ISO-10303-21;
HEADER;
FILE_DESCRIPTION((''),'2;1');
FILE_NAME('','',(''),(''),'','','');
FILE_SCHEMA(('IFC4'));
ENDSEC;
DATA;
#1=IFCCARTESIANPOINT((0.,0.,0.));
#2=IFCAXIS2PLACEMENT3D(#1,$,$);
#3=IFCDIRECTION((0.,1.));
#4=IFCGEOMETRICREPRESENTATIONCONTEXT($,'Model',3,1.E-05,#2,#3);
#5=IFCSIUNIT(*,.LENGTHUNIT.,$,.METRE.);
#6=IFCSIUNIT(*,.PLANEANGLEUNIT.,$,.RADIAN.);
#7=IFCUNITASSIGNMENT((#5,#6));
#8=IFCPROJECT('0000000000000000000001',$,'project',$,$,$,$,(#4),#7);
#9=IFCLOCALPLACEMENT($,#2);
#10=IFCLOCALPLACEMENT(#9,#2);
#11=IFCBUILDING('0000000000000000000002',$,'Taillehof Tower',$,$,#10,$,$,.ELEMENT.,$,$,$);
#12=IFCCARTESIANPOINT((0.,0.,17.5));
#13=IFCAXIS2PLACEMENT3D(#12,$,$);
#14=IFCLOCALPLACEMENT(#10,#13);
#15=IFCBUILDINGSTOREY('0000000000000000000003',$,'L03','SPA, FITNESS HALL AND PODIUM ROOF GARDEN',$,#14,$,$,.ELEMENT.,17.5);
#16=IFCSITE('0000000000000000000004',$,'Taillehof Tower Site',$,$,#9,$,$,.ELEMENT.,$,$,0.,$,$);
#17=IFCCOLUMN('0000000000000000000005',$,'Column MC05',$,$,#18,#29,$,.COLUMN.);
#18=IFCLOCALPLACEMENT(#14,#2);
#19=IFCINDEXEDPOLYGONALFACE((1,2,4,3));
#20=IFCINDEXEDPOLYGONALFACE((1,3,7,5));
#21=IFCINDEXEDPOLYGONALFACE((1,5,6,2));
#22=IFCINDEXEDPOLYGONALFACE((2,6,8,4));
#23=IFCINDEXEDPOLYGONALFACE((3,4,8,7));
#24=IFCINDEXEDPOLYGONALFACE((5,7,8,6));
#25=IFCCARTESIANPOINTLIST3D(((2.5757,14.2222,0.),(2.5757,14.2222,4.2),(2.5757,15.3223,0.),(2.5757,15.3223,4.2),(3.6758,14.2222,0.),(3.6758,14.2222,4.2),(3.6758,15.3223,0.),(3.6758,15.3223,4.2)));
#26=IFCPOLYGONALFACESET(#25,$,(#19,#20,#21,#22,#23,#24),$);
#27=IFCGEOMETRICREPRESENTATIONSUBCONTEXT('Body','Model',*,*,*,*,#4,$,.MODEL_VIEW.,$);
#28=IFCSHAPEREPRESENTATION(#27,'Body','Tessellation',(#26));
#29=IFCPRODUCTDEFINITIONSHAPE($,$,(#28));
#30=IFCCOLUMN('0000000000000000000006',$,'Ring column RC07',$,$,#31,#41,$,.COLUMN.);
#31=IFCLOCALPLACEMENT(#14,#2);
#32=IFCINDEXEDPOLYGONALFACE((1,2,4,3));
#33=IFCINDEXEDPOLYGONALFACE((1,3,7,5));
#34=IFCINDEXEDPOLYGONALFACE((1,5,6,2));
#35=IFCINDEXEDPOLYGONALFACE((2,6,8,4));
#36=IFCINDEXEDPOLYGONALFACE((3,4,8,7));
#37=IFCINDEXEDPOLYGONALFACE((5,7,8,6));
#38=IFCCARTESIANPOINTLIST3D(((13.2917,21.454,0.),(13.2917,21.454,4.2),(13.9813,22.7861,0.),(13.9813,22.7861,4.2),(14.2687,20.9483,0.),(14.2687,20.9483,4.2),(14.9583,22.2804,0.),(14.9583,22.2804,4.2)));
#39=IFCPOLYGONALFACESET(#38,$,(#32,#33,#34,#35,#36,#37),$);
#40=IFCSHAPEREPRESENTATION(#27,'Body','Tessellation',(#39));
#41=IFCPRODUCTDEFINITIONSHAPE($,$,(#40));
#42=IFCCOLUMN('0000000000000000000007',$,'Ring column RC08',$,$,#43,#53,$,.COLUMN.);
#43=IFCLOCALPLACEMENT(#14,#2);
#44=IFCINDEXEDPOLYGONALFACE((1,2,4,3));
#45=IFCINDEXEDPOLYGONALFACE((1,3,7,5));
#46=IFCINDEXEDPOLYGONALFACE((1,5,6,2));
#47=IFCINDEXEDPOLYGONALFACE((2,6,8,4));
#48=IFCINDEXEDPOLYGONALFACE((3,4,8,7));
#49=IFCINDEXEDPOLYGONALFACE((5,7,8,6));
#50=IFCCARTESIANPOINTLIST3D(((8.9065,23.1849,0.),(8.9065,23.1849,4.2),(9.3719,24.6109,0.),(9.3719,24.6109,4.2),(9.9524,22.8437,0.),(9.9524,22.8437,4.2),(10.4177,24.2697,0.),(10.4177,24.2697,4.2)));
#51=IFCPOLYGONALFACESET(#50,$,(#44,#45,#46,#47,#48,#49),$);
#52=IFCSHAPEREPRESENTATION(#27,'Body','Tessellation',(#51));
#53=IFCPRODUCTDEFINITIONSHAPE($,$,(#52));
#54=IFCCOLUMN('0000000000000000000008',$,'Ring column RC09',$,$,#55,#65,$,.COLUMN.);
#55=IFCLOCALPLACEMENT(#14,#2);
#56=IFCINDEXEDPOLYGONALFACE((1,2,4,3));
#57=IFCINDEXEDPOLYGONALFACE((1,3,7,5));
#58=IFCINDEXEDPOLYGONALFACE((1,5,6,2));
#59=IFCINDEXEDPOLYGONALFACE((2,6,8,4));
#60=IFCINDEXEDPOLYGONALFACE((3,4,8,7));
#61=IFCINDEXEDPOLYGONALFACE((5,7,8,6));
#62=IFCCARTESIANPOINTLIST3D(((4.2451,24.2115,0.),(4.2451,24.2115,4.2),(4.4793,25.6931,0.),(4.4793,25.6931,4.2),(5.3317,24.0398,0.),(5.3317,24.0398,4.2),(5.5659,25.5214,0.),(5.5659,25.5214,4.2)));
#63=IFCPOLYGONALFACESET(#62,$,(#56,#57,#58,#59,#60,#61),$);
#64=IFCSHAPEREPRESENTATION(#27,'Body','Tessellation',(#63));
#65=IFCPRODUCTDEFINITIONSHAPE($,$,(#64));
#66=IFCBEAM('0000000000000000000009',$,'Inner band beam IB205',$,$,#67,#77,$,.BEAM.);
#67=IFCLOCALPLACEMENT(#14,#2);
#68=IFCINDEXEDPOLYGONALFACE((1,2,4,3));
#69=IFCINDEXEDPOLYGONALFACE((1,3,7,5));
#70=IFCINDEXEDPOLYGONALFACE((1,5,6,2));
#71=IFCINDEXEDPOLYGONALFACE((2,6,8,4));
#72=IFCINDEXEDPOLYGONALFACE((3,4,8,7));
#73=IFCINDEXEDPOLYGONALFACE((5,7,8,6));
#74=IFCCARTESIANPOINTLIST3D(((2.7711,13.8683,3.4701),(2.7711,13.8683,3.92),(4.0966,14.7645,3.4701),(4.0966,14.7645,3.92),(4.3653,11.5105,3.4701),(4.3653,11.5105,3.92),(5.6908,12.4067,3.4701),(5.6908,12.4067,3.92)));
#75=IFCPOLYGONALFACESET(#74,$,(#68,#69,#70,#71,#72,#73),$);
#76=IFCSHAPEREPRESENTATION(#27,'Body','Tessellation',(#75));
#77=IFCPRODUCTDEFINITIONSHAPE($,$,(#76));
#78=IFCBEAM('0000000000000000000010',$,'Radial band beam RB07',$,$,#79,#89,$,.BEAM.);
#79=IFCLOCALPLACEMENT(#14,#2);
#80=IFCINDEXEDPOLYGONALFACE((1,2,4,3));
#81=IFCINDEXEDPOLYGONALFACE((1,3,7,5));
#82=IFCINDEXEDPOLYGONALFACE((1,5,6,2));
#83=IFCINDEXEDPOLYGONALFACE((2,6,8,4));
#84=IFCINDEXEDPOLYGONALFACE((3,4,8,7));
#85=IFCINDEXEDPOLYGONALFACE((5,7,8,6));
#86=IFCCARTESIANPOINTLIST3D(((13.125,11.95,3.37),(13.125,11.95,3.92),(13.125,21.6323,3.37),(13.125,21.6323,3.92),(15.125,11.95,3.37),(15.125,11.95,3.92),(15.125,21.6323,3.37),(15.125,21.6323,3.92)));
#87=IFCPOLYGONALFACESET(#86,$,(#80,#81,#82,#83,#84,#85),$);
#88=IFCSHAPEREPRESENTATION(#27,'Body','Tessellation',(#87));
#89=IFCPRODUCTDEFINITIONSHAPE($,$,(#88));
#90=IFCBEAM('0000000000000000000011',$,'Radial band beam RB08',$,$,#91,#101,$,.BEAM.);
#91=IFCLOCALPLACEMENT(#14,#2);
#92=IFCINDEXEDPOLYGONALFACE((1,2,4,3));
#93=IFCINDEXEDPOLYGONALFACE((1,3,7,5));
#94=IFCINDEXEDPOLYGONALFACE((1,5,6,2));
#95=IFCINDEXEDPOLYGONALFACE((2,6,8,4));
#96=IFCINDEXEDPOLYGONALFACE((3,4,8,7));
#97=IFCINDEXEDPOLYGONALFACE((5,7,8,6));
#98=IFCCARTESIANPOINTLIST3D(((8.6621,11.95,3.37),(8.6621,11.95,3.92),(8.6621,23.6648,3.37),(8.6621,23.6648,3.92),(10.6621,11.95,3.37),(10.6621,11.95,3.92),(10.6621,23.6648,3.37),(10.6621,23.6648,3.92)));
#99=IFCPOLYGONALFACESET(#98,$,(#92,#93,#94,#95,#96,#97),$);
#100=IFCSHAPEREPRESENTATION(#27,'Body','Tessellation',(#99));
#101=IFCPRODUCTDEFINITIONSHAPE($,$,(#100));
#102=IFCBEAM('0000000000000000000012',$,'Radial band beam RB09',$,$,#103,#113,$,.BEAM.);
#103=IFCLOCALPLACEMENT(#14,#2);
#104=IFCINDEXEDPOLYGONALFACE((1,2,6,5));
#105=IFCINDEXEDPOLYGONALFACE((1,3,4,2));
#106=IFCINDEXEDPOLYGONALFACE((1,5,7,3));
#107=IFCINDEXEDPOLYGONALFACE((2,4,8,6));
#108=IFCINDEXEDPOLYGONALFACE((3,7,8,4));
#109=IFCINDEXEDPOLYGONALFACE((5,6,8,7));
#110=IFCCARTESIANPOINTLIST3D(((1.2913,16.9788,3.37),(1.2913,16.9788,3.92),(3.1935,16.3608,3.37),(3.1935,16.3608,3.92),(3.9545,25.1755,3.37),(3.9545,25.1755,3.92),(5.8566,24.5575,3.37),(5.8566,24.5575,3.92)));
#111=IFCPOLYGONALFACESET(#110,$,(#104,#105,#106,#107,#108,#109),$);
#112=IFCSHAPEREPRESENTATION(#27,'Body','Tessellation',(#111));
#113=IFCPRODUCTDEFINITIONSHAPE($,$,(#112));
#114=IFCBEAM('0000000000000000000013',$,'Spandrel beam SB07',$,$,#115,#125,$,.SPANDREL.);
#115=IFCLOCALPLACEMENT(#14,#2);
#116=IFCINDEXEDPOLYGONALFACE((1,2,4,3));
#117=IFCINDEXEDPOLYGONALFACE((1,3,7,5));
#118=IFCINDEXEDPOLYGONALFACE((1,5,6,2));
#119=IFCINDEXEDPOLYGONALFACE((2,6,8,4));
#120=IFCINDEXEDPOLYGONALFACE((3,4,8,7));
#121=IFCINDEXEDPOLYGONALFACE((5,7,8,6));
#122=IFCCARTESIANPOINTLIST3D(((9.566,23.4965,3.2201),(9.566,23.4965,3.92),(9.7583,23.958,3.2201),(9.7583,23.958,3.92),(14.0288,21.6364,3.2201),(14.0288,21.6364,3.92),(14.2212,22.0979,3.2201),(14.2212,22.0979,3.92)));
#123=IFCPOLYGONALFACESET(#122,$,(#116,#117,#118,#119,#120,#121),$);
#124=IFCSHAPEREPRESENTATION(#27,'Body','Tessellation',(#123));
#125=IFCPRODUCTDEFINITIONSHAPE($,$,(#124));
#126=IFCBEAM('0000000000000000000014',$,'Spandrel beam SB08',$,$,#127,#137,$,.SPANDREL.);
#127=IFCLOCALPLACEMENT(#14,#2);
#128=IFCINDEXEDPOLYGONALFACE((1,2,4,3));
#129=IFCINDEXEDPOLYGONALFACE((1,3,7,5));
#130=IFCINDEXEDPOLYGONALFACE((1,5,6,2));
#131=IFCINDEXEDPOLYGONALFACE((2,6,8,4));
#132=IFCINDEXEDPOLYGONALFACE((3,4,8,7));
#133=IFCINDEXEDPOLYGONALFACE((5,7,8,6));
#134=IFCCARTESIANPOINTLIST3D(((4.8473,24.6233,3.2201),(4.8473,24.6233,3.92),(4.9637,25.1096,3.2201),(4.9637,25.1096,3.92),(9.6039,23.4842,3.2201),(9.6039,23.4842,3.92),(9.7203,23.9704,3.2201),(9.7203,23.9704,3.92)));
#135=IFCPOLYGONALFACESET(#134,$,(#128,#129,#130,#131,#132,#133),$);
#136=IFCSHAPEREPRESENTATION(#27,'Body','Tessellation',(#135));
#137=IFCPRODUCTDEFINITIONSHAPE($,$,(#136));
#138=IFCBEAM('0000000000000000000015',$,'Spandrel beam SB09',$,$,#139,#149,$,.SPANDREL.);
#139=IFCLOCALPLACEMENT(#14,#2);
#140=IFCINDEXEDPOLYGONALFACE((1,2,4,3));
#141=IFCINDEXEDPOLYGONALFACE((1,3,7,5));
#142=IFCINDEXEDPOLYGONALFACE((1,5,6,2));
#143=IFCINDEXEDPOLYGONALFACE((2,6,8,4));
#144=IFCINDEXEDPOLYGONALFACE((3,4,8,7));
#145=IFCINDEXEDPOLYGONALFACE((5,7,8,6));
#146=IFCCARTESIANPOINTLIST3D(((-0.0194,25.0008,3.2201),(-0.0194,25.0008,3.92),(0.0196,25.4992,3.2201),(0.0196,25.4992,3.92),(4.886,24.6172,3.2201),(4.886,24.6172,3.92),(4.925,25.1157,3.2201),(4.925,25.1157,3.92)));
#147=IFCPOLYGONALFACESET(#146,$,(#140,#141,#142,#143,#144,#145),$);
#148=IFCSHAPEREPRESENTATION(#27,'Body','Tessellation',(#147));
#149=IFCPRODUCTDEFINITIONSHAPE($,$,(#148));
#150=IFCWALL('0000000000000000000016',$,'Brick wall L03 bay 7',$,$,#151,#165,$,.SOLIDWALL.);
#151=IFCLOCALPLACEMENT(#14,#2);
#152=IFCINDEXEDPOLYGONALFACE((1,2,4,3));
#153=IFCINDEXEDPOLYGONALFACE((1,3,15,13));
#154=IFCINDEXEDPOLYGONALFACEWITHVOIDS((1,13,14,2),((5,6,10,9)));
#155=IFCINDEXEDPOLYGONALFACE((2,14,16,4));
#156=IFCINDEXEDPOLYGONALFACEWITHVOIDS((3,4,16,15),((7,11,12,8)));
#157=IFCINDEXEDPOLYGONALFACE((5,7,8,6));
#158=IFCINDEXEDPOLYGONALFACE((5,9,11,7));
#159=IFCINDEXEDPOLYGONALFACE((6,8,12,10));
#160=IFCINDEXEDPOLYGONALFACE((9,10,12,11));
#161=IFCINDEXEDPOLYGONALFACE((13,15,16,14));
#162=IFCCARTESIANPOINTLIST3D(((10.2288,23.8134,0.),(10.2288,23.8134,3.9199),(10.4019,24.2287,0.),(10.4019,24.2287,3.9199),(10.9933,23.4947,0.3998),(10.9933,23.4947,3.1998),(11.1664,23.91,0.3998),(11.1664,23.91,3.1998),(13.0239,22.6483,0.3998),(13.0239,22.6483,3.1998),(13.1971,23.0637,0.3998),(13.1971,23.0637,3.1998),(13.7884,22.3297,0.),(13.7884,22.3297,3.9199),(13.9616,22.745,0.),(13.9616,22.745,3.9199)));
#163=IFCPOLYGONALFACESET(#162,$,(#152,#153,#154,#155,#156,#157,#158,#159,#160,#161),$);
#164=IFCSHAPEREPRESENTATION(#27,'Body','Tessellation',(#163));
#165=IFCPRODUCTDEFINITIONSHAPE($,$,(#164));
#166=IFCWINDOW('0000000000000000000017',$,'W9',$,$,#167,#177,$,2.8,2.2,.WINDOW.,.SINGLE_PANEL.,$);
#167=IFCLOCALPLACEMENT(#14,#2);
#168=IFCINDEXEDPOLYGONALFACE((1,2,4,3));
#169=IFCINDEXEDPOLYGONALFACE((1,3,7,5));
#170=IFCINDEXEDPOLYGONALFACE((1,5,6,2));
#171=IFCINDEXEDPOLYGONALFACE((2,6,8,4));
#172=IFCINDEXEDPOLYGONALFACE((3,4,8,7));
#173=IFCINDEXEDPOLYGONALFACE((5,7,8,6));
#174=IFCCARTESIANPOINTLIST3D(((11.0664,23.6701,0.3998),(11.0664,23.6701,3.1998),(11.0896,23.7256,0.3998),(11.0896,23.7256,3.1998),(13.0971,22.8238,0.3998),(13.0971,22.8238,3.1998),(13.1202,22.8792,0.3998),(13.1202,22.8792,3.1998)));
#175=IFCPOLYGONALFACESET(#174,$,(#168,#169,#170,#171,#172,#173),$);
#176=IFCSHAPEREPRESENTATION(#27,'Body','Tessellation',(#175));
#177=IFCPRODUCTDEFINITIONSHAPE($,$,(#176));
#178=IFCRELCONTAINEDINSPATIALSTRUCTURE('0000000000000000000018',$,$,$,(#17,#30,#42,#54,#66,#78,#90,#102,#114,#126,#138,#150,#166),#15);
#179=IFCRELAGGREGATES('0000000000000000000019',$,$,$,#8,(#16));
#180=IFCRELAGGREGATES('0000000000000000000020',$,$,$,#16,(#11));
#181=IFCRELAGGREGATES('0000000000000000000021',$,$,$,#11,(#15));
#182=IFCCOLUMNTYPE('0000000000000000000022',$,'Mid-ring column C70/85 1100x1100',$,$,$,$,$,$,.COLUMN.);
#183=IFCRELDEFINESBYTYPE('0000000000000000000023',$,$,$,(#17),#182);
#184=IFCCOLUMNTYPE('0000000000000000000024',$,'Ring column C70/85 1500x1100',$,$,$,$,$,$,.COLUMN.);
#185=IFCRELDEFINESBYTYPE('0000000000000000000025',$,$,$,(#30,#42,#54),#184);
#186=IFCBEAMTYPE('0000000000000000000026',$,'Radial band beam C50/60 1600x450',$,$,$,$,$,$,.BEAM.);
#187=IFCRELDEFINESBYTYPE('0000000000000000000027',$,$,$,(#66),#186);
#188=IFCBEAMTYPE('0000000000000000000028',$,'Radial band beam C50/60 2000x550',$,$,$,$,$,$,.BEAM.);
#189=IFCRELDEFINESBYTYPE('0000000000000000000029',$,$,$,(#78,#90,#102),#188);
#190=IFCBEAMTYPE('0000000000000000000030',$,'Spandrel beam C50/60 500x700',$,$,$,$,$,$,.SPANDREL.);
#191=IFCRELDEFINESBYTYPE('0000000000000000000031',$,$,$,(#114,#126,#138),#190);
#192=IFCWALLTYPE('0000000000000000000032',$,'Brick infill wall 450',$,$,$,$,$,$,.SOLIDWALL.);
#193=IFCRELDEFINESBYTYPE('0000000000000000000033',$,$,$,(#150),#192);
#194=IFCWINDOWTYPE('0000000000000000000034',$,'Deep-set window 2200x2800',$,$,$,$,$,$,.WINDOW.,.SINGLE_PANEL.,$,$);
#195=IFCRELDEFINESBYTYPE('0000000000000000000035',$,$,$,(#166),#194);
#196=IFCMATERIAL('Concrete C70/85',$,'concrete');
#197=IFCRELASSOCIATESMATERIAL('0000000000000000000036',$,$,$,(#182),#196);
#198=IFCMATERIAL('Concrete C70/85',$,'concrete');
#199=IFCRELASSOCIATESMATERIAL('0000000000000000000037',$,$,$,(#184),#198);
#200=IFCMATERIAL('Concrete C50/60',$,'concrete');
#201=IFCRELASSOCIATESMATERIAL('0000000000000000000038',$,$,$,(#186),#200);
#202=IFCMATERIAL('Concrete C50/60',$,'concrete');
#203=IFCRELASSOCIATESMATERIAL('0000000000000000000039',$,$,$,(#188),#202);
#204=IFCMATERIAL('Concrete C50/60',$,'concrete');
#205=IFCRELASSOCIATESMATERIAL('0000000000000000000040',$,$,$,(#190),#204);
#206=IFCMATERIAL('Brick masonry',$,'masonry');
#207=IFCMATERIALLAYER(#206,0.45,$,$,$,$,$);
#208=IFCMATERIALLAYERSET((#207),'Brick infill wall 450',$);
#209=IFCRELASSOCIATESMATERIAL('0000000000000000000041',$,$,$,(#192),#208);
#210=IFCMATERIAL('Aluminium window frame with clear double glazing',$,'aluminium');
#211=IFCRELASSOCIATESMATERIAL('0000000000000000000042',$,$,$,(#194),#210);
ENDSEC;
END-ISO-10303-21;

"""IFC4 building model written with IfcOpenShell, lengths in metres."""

from ifc_helpers import new_model, si_unit, direction, frame, frame_2d, origin, origin_2d, place, context, subcontext, project, spatial, rectangle, extrude, material, layer, layer_set, material_profile, profile_set, type_object, element, fill, save


model = new_model("IFC4")

# Units and contexts
model_context = context("Model", 3, precision=1e-05, world=origin(), true_north=direction((0.0, 1.0)))
body_context = subcontext(model_context, "Body", "Model", "MODEL_VIEW")
ifc_project = project(units=[si_unit("LENGTHUNIT", "METRE"), si_unit("PLANEANGLEUNIT", "RADIAN")], contexts=[model_context])

# Site, building, storey
site_placement = place(None, origin())
site = spatial("IfcSite", under=ifc_project, at=site_placement, Name="Taillehof Tower Site", CompositionType="ELEMENT", RefElevation=0.0)
building_placement = place(site_placement, origin())
building = spatial("IfcBuilding", under=site, at=building_placement, Name="Taillehof Tower", CompositionType="ELEMENT")
storey_placement = place(building_placement, frame((0.0, 0.0, 17.5)))
storey = spatial("IfcBuildingStorey", under=building, at=storey_placement, Name="L03", Description="SPA, FITNESS HALL AND PODIUM ROOF GARDEN", CompositionType="ELEMENT", Elevation=17.5)

# Columns
ifc_material_1 = material(Name="Concrete C70/85", Category="concrete")
ifc_material_profile_1 = material_profile(ifc_material_1, rectangle(XDim=1.1001, YDim=1.1001, at=origin_2d()), Name="RC 1100x1100")
ifc_profile_set_1 = profile_set([ifc_material_profile_1], Name="Concrete C70/85")
column_type_1 = type_object("IfcColumnType", Name="Mid-ring column C70/85 1100x1100", PredefinedType="COLUMN", material=ifc_profile_set_1)
column_placement = place(storey_placement, frame((3.1257, 14.7722, 0.0), z_axis=(0.0, 0.0, 1.0), x_axis=(1.0, 0.0, 0.0)))
element("IfcColumn", 1, at=column_placement, inside=storey, type_object=column_type_1, Name="Column MC05", PredefinedType="COLUMN", context=body_context, shape_type="SweptSolid", body=[
    extrude(rectangle(XDim=1.1001, YDim=1.1001, at=origin_2d()), origin(), (0.0, 0.0, 1.0), 4.2),
])
ifc_material_2 = material(Name="Concrete C70/85", Category="concrete")
ifc_material_profile_2 = material_profile(ifc_material_2, rectangle(XDim=1.5, YDim=1.1001, at=origin_2d()), Name="RC 1500x1100")
ifc_profile_set_2 = profile_set([ifc_material_profile_2], Name="Concrete C70/85")
column_type_2 = type_object("IfcColumnType", Name="Ring column C70/85 1500x1100", PredefinedType="COLUMN", material=ifc_profile_set_2)
for number, where, z_axis, x_axis, name in (
    (2, (14.125, 21.8672, 0.0), (0.0, 0.0, 1.0), (0.459691, 0.888079, 0.0), "Ring column RC07"),
    (3, (9.6621, 23.7273, 0.0), (0.0, 0.0, 1.0), (0.310219, 0.950665, 0.0), "Ring column RC08"),
    (4, (4.9055, 24.8665, 0.0), (0.0, 0.0, 1.0), (0.156147, 0.987734, 0.0), "Ring column RC09"),
):
    element("IfcColumn", number, at=place(storey_placement, frame(where, z_axis=z_axis, x_axis=x_axis)), inside=storey, type_object=column_type_2, Name=name, PredefinedType="COLUMN", context=body_context, shape_type="SweptSolid", body=[
        extrude(rectangle(XDim=1.5, YDim=1.1001, at=origin_2d()), origin(), (0.0, 0.0, 1.0), 4.2),
    ])

# Beams
ifc_material_3 = material(Name="Concrete C50/60", Category="concrete")
ifc_material_profile_3 = material_profile(ifc_material_3, rectangle(XDim=1.6001, YDim=0.45, at=origin_2d()), Name="RC 1600x450")
ifc_profile_set_3 = profile_set([ifc_material_profile_3], Name="Concrete C50/60")
beam_type_1 = type_object("IfcBeamType", Name="Radial band beam C50/60 1600x450", PredefinedType="BEAM", material=ifc_profile_set_3)
beam_1_placement = place(storey_placement, frame((3.4338, 14.3164, 3.6951), z_axis=(0.560112, -0.828417, 0.0), x_axis=(0.828417, 0.560112, 0.0)))
element("IfcBeam", 5, at=beam_1_placement, inside=storey, type_object=beam_type_1, Name="Inner band beam IB205", PredefinedType="BEAM", context=body_context, shape_type="SweptSolid", body=[
    extrude(rectangle(XDim=1.6001, YDim=0.45, at=origin_2d()), origin(), (0.0, 0.0, 1.0), 2.8462),
])
ifc_material_4 = material(Name="Concrete C50/60", Category="concrete")
ifc_material_profile_4 = material_profile(ifc_material_4, rectangle(XDim=2.0, YDim=0.55, at=origin_2d()), Name="RC 2000x550")
ifc_profile_set_4 = profile_set([ifc_material_profile_4], Name="Concrete C50/60")
beam_type_2 = type_object("IfcBeamType", Name="Radial band beam C50/60 2000x550", PredefinedType="BEAM", material=ifc_profile_set_4)
beam_2_placement = place(storey_placement, frame((14.125, 21.6323, 3.645), z_axis=(0.0, -1.0, 0.0), x_axis=(1.0, 0.0, 0.0)))
element("IfcBeam", 6, at=beam_2_placement, inside=storey, type_object=beam_type_2, Name="Radial band beam RB07", PredefinedType="BEAM", context=body_context, shape_type="SweptSolid", body=[
    extrude(rectangle(XDim=2.0, YDim=0.55, at=origin_2d()), origin(), (0.0, 0.0, 1.0), 9.6824),
])
beam_3_placement = place(storey_placement, frame((9.6621, 23.6648, 3.645), z_axis=(0.0, -1.0, 0.0), x_axis=(1.0, 0.0, 0.0)))
element("IfcBeam", 7, at=beam_3_placement, inside=storey, type_object=beam_type_2, Name="Radial band beam RB08", PredefinedType="BEAM", context=body_context, shape_type="SweptSolid", body=[
    extrude(rectangle(XDim=2.0, YDim=0.55, at=origin_2d()), origin(), (0.0, 0.0, 1.0), 11.7148),
])
beam_4_placement = place(storey_placement, frame((4.9055, 24.8665, 3.645), z_axis=(-0.309003, -0.951061, 0.0), x_axis=(0.951061, -0.309003, 0.0)))
element("IfcBeam", 8, at=beam_4_placement, inside=storey, type_object=beam_type_2, Name="Radial band beam RB09", PredefinedType="BEAM", context=body_context, shape_type="SweptSolid", body=[
    extrude(rectangle(XDim=2.0, YDim=0.55, at=origin_2d()), origin(), (0.0, 0.0, 1.0), 8.6184),
])
ifc_material_5 = material(Name="Concrete C50/60", Category="concrete")
ifc_material_profile_5 = material_profile(ifc_material_5, rectangle(XDim=0.5, YDim=0.7, at=origin_2d()), Name="RC 500x700")
ifc_profile_set_5 = profile_set([ifc_material_profile_5], Name="Concrete C50/60")
beam_type_3 = type_object("IfcBeamType", Name="Spandrel beam C50/60 500x700", PredefinedType="SPANDREL", material=ifc_profile_set_5)
beam_5_placement = place(storey_placement, frame((14.125, 21.8672, 3.5701), z_axis=(-0.923035, 0.384716, 0.0), x_axis=(-0.384716, -0.923035, 0.0)))
element("IfcBeam", 9, at=beam_5_placement, inside=storey, type_object=beam_type_3, Name="Spandrel beam SB07", PredefinedType="SPANDREL", context=body_context, shape_type="SweptSolid", body=[
    extrude(rectangle(XDim=0.5, YDim=0.7, at=origin_2d()), origin(), (0.0, 0.0, 1.0), 4.835),
])
beam_6_placement = place(storey_placement, frame((9.6621, 23.7273, 3.5701), z_axis=(-0.9725, 0.232905, 0.0), x_axis=(-0.232905, -0.9725, 0.0)))
element("IfcBeam", 10, at=beam_6_placement, inside=storey, type_object=beam_type_3, Name="Spandrel beam SB08", PredefinedType="SPANDREL", context=body_context, shape_type="SweptSolid", body=[
    extrude(rectangle(XDim=0.5, YDim=0.7, at=origin_2d()), origin(), (0.0, 0.0, 1.0), 4.8911),
])
beam_7_placement = place(storey_placement, frame((4.9055, 24.8665, 3.5701), z_axis=(-0.996957, 0.077949, 0.0), x_axis=(-0.077949, -0.996957, 0.0)))
element("IfcBeam", 11, at=beam_7_placement, inside=storey, type_object=beam_type_3, Name="Spandrel beam SB09", PredefinedType="SPANDREL", context=body_context, shape_type="SweptSolid", body=[
    extrude(rectangle(XDim=0.5, YDim=0.7, at=origin_2d()), origin(), (0.0, 0.0, 1.0), 4.9204),
])

# Wall, opening, window
ifc_material_6 = material(Name="Brick masonry", Category="masonry")
ifc_layer_1 = layer(ifc_material_6, 0.45)
ifc_layer_set_1 = layer_set([ifc_layer_1], Name="Brick infill wall 450")
wall_type_1 = type_object("IfcWallType", Name="Brick infill wall 450", PredefinedType="SOLIDWALL", material=ifc_layer_set_1)
wall_1_placement = place(storey_placement, frame((13.875, 22.5374, 0.0), z_axis=(0.0, 0.0, 1.0), x_axis=(-0.923032, 0.384723, 0.0)))
wall_1 = element("IfcWall", 12, at=wall_1_placement, inside=storey, type_object=wall_type_1, Name="Brick wall L03 bay 7", PredefinedType="SOLIDWALL", context=body_context, shape_type="SweptSolid", body=[
    extrude(rectangle(XDim=3.8564, YDim=0.45, at=frame_2d((1.9282, 0.0))), origin(), (0.0, 0.0, 1.0), 3.9199),
])
opening_1_placement = place(wall_1_placement, frame((0.8281, 0.0, 0.3999)))
opening_1 = element("IfcOpeningElement", 13, at=opening_1_placement, cuts=wall_1, PredefinedType="OPENING", context=body_context, shape_type="SweptSolid", body=[
    extrude(rectangle(XDim=2.2, YDim=2.8, at=frame_2d((1.1001, 1.3999))), frame((0.0, 0.2349, 0.0), z_axis=(0.0, -1.0, 0.0), x_axis=(1.0, 0.0, 0.0)), (0.0, 0.0, 1.0), 0.47),
])
ifc_material_7 = material(Name="Aluminium window frame with clear double glazing", Category="aluminium")
window_type = type_object("IfcWindowType", Name="Deep-set window 2200x2800", PartitioningType="SINGLE_PANEL", PredefinedType="WINDOW", material=ifc_material_7)
window_1_placement = place(opening_1_placement, origin())
window_1 = element("IfcWindow", 14, at=window_1_placement, inside=storey, type_object=window_type, Name="W9", OverallHeight=2.8, OverallWidth=2.2, PartitioningType="SINGLE_PANEL", PredefinedType="WINDOW", context=body_context, shape_type="SweptSolid", body=[
    extrude(rectangle(XDim=2.2, YDim=2.8, at=frame_2d((1.1001, 1.3999))), frame((0.0, 0.0349, 0.0), z_axis=(0.0, -1.0, 0.0), x_axis=(1.0, 0.0, 0.0)), (0.0, 0.0, 1.0), 0.0601),
])
fill(opening_1, window_1)

save(model, "model.ifc")
